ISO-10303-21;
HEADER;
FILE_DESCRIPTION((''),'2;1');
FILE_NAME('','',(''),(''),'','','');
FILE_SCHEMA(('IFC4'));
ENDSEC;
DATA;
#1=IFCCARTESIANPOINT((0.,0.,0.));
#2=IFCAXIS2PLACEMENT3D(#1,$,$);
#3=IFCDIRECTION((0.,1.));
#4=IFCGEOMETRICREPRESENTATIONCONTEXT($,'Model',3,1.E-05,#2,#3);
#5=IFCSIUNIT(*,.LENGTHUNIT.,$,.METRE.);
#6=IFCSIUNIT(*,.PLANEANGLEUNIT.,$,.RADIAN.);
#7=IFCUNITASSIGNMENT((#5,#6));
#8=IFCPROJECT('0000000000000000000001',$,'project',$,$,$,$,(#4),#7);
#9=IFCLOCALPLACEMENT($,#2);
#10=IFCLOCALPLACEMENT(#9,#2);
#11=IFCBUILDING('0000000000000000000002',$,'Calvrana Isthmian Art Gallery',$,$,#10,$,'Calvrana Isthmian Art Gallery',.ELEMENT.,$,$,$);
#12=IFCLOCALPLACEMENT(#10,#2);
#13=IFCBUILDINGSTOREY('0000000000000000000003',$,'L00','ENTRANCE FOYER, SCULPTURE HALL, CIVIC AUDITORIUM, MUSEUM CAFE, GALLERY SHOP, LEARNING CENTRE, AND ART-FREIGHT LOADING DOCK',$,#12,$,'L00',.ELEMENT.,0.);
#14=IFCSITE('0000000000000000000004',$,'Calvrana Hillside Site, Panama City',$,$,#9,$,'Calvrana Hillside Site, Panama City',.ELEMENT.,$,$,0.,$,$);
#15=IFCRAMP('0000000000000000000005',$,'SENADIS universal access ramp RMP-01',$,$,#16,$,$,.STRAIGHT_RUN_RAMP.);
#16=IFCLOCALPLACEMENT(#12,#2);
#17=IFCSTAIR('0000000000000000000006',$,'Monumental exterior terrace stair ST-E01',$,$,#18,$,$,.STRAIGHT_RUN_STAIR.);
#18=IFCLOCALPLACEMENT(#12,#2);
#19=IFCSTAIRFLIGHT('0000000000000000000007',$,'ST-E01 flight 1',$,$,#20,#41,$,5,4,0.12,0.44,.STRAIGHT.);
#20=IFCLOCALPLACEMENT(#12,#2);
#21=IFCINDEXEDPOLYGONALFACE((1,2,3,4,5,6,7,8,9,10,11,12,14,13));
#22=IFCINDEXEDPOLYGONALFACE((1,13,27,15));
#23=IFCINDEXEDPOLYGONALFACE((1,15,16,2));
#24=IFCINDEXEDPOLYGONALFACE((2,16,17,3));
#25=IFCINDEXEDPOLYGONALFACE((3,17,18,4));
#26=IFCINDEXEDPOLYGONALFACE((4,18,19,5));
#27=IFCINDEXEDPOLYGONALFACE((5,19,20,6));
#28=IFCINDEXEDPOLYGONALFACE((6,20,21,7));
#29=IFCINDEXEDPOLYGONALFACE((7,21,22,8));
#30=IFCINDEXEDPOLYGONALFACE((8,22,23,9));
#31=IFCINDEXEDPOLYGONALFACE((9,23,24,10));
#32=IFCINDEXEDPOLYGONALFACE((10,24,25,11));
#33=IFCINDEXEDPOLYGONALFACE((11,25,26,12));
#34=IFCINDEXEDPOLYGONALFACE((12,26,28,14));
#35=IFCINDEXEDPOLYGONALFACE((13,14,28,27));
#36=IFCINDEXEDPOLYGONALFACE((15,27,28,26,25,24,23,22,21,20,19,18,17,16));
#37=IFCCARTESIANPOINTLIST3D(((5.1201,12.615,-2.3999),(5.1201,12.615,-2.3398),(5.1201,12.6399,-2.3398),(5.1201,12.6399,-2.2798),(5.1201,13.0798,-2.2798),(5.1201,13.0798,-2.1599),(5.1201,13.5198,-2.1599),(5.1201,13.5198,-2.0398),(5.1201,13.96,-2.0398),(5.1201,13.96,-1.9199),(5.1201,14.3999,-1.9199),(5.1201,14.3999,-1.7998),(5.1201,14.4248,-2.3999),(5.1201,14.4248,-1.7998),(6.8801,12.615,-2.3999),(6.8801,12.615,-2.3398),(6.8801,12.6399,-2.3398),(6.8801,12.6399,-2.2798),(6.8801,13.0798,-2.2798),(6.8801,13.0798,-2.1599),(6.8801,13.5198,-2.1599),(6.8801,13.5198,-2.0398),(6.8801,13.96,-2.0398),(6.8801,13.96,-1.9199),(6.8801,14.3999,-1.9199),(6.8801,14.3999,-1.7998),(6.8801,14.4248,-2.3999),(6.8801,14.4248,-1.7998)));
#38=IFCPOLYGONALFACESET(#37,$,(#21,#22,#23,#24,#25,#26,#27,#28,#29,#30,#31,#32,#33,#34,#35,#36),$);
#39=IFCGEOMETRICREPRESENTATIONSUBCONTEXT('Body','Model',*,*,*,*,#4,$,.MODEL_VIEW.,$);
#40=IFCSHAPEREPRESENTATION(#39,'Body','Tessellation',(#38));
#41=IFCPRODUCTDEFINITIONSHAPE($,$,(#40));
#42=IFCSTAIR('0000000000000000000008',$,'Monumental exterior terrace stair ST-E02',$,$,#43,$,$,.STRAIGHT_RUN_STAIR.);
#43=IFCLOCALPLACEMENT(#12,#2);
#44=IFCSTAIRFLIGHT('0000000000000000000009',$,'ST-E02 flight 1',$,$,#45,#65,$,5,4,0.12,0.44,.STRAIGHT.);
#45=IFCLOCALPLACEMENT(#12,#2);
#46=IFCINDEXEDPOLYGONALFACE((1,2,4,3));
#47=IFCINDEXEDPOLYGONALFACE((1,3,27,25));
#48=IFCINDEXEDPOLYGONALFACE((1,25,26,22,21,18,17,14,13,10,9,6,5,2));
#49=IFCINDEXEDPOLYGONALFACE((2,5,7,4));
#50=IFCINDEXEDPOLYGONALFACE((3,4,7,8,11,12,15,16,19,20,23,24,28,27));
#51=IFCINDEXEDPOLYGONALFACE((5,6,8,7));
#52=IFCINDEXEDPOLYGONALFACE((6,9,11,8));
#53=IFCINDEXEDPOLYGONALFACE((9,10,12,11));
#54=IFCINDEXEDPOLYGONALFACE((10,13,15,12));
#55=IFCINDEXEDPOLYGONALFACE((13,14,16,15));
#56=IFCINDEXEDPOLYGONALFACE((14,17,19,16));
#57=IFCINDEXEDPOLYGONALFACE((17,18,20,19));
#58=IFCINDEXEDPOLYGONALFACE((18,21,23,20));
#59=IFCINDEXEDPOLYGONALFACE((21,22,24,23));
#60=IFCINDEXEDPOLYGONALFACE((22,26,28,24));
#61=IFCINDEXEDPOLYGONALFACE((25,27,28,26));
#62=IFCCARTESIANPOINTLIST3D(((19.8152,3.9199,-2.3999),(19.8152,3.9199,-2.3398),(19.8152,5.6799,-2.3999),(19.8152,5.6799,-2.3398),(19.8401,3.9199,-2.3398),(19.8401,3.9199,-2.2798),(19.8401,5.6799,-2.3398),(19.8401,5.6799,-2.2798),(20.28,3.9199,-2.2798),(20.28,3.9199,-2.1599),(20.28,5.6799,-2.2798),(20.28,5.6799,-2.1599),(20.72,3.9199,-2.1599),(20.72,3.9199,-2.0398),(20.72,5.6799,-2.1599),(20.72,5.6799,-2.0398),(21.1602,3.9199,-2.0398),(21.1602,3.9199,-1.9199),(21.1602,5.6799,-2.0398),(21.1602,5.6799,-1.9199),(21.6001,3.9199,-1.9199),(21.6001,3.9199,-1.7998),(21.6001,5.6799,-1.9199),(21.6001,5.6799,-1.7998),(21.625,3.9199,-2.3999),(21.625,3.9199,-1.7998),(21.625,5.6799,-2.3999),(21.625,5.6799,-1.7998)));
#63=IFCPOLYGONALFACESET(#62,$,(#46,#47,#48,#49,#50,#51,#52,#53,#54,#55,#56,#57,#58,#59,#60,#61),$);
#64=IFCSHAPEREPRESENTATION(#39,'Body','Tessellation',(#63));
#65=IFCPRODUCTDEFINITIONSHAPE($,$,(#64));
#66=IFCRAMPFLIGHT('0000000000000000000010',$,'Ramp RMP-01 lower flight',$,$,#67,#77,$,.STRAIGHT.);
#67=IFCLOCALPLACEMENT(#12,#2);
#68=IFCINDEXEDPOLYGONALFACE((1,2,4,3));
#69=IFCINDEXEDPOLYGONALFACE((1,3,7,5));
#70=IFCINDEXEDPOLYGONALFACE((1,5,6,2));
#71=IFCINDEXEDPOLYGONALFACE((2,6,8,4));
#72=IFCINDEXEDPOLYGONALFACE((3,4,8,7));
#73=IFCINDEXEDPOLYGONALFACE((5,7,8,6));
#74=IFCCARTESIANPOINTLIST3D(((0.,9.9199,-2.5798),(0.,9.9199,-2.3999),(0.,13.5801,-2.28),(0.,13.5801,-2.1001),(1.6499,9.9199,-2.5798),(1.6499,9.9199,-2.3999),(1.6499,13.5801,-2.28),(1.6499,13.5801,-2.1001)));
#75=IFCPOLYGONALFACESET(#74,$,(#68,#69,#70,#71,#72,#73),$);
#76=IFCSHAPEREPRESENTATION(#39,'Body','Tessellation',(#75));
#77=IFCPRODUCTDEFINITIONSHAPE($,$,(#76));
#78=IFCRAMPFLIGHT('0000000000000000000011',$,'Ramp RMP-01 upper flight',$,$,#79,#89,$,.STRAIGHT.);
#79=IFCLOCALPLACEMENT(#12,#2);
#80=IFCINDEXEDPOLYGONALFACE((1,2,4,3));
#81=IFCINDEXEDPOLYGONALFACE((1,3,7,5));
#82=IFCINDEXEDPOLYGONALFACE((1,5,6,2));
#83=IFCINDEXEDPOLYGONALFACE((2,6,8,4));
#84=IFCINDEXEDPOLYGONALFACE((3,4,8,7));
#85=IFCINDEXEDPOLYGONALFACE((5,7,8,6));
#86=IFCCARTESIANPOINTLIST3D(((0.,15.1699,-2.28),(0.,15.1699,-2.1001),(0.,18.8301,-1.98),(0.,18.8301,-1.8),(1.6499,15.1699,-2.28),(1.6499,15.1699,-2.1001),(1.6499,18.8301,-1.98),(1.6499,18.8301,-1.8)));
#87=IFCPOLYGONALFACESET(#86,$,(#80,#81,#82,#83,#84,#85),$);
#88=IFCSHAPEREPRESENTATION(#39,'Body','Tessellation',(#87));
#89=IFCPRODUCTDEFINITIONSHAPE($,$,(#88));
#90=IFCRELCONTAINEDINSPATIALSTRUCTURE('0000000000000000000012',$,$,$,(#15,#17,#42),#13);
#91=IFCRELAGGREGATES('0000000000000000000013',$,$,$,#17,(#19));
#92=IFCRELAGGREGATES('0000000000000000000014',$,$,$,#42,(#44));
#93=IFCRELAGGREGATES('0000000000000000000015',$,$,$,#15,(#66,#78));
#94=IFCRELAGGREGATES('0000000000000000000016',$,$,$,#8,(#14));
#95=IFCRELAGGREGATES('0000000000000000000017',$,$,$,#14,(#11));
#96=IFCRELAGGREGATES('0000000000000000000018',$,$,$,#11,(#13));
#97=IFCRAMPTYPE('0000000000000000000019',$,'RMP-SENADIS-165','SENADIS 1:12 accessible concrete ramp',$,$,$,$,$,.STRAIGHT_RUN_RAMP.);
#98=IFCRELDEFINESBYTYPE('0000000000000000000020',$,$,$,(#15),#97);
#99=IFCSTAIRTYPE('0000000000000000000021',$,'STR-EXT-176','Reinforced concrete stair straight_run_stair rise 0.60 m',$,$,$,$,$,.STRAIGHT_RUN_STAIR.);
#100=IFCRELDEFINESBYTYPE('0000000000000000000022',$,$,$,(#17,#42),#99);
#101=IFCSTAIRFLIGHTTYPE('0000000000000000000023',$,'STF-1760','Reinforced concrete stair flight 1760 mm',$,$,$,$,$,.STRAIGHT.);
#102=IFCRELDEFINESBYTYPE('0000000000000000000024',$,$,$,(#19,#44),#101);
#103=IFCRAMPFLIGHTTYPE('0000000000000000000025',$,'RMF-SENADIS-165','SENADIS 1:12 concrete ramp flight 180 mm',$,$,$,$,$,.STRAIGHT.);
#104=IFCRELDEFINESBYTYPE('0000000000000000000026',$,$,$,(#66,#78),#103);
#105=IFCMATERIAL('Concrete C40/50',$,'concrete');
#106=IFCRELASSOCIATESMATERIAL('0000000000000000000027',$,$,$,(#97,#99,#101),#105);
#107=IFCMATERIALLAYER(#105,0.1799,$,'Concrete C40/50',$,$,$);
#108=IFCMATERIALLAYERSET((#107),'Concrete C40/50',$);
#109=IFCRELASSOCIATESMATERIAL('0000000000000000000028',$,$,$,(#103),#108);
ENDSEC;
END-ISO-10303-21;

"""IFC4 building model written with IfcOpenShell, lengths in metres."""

from ifc_helpers import new_model, si_unit, direction, frame, origin, place, context, subcontext, project, spatial, polyline, outline, extrude, material, layer, layer_set, type_object, element, aggregate, save


model = new_model("IFC4")

# Units and contexts
model_context = context("Model", 3, precision=1e-05, world=origin(), true_north=direction((0.0, 1.0)))
body_context = subcontext(model_context, "Body", "Model", "MODEL_VIEW")
ifc_project = project(units=[si_unit("LENGTHUNIT", "METRE"), si_unit("PLANEANGLEUNIT", "RADIAN")], contexts=[model_context])

# Site, building, storey
site_placement = place(None, origin())
site = spatial("IfcSite", under=ifc_project, at=site_placement, Name="Calvrana Hillside Site, Panama City", LongName="Calvrana Hillside Site, Panama City", CompositionType="ELEMENT", RefElevation=0.0)
building_placement = place(site_placement, origin())
building = spatial("IfcBuilding", under=site, at=building_placement, Name="Calvrana Isthmian Art Gallery", LongName="Calvrana Isthmian Art Gallery", CompositionType="ELEMENT")
storey_placement = place(building_placement, origin())
storey = spatial("IfcBuildingStorey", under=building, at=storey_placement, Name="L00", Description="ENTRANCE FOYER, SCULPTURE HALL, CIVIC AUDITORIUM, MUSEUM CAFE, GALLERY SHOP, LEARNING CENTRE, AND ART-FREIGHT LOADING DOCK", LongName="L00", CompositionType="ELEMENT", Elevation=0.0)

# Shared definitions
ifc_material_1 = material(Name="Concrete C40/50", Category="concrete")

# Ramp
ramp_type = type_object("IfcRampType", Name="RMP-SENADIS-165", Description="SENADIS 1:12 accessible concrete ramp", PredefinedType="STRAIGHT_RUN_RAMP", material=ifc_material_1)
ramp_1_placement = place(storey_placement, origin())
ramp_1 = element("IfcRamp", 1, at=ramp_1_placement, inside=storey, type_object=ramp_type, Name="SENADIS universal access ramp RMP-01", PredefinedType="STRAIGHT_RUN_RAMP")

# Stairs, stair flights
stair_type_1 = type_object("IfcStairType", Name="STR-EXT-176", Description="Reinforced concrete stair straight_run_stair rise 0.60 m", PredefinedType="STRAIGHT_RUN_STAIR", material=ifc_material_1)
stair_1_placement = place(storey_placement, origin())
stair_1 = element("IfcStair", 2, at=stair_1_placement, inside=storey, type_object=stair_type_1, Name="Monumental exterior terrace stair ST-E01", PredefinedType="STRAIGHT_RUN_STAIR")
stair_flight_type = type_object("IfcStairFlightType", Name="STF-1760", Description="Reinforced concrete stair flight 1760 mm", PredefinedType="STRAIGHT", material=ifc_material_1)
stair_flight_1_placement = place(storey_placement, frame((6.0, 12.6399, -2.3999), z_axis=(0.0, 0.0, 1.0), x_axis=(0.0, 1.0, 0.0)))
stair_flight_1 = element("IfcStairFlight", 3, at=stair_flight_1_placement, type_object=stair_flight_type, Name="ST-E01 flight 1", NumberOfRisers=5, NumberOfTreads=4, PredefinedType="STRAIGHT", RiserHeight=0.12, TreadLength=0.44, context=body_context, shape_type="SweptSolid", body=[
    extrude(outline(polyline([(-0.0249, 0.0), (-0.0249, 0.0601), (0.0, 0.0601), (0.0, 0.1201), (0.4399, 0.1201), (0.4399, 0.24), (0.8799, 0.24), (0.8799, 0.3601), (1.3201, 0.3601), (1.3201, 0.48), (1.76, 0.48), (1.76, 0.6001), (1.7849, 0.6001), (1.7849, 0.0), (-0.0249, 0.0)])), frame((0.0, 0.8799, 0.0), z_axis=(0.0, -1.0, 0.0), x_axis=(1.0, 0.0, 0.0)), (0.0, 0.0, 1.0), 1.76),
])
aggregate(stair_1, [stair_flight_1])
stair_2_placement = place(storey_placement, origin())
stair_2 = element("IfcStair", 4, at=stair_2_placement, inside=storey, type_object=stair_type_1, Name="Monumental exterior terrace stair ST-E02", PredefinedType="STRAIGHT_RUN_STAIR")
stair_flight_2_placement = place(storey_placement, frame((19.8401, 4.8, -2.3999), z_axis=(0.0, 0.0, 1.0), x_axis=(1.0, 0.0, 0.0)))
stair_flight_2 = element("IfcStairFlight", 5, at=stair_flight_2_placement, type_object=stair_flight_type, Name="ST-E02 flight 1", NumberOfRisers=5, NumberOfTreads=4, PredefinedType="STRAIGHT", RiserHeight=0.12, TreadLength=0.44, context=body_context, shape_type="SweptSolid", body=[
    extrude(outline(polyline([(-0.0249, 0.0), (-0.0249, 0.0601), (0.0, 0.0601), (0.0, 0.1201), (0.4399, 0.1201), (0.4399, 0.24), (0.8799, 0.24), (0.8799, 0.3601), (1.3201, 0.3601), (1.3201, 0.48), (1.76, 0.48), (1.76, 0.6001), (1.7849, 0.6001), (1.7849, 0.0), (-0.0249, 0.0)])), frame((0.0, 0.8799, 0.0), z_axis=(0.0, -1.0, 0.0), x_axis=(1.0, 0.0, 0.0)), (0.0, 0.0, 1.0), 1.76),
])
aggregate(stair_2, [stair_flight_2])

# Ramp flights
ifc_layer_1 = layer(ifc_material_1, 0.1799, Name="Concrete C40/50")
ifc_layer_set_1 = layer_set([ifc_layer_1], Name="Concrete C40/50")
ramp_flight_type = type_object("IfcRampFlightType", Name="RMF-SENADIS-165", Description="SENADIS 1:12 concrete ramp flight 180 mm", PredefinedType="STRAIGHT", material=ifc_layer_set_1)
ramp_flight_1_placement = place(storey_placement, frame((0.825, 9.9199, -2.3999), z_axis=(0.0, 0.0, 1.0), x_axis=(0.0, 1.0, 0.0)))
ramp_flight_1 = element("IfcRampFlight", 6, at=ramp_flight_1_placement, type_object=ramp_flight_type, Name="Ramp RMP-01 lower flight", PredefinedType="STRAIGHT", context=body_context, shape_type="SweptSolid", body=[
    extrude(outline(polyline([(0.0, -0.1799), (0.0, 0.0), (3.6602, 0.2998), (3.6602, 0.1199), (0.0, -0.1799)])), frame((0.0, 0.825, 0.0), z_axis=(0.0, -1.0, 0.0), x_axis=(1.0, 0.0, 0.0)), (0.0, 0.0, 1.0), 1.6499),
])
ramp_flight_2_placement = place(storey_placement, frame((0.825, 15.1699, -2.1001), z_axis=(0.0, 0.0, 1.0), x_axis=(0.0, 1.0, 0.0)))
ramp_flight_2 = element("IfcRampFlight", 7, at=ramp_flight_2_placement, type_object=ramp_flight_type, Name="Ramp RMP-01 upper flight", PredefinedType="STRAIGHT", context=body_context, shape_type="SweptSolid", body=[
    extrude(outline(polyline([(0.0, -0.1799), (0.0, 0.0), (3.6602, 0.3), (3.6602, 0.1201), (0.0, -0.1799)])), frame((0.0, 0.825, 0.0), z_axis=(0.0, -1.0, 0.0), x_axis=(1.0, 0.0, 0.0)), (0.0, 0.0, 1.0), 1.6499),
])
aggregate(ramp_1, [ramp_flight_1, ramp_flight_2])

save(model, "model.ifc")
